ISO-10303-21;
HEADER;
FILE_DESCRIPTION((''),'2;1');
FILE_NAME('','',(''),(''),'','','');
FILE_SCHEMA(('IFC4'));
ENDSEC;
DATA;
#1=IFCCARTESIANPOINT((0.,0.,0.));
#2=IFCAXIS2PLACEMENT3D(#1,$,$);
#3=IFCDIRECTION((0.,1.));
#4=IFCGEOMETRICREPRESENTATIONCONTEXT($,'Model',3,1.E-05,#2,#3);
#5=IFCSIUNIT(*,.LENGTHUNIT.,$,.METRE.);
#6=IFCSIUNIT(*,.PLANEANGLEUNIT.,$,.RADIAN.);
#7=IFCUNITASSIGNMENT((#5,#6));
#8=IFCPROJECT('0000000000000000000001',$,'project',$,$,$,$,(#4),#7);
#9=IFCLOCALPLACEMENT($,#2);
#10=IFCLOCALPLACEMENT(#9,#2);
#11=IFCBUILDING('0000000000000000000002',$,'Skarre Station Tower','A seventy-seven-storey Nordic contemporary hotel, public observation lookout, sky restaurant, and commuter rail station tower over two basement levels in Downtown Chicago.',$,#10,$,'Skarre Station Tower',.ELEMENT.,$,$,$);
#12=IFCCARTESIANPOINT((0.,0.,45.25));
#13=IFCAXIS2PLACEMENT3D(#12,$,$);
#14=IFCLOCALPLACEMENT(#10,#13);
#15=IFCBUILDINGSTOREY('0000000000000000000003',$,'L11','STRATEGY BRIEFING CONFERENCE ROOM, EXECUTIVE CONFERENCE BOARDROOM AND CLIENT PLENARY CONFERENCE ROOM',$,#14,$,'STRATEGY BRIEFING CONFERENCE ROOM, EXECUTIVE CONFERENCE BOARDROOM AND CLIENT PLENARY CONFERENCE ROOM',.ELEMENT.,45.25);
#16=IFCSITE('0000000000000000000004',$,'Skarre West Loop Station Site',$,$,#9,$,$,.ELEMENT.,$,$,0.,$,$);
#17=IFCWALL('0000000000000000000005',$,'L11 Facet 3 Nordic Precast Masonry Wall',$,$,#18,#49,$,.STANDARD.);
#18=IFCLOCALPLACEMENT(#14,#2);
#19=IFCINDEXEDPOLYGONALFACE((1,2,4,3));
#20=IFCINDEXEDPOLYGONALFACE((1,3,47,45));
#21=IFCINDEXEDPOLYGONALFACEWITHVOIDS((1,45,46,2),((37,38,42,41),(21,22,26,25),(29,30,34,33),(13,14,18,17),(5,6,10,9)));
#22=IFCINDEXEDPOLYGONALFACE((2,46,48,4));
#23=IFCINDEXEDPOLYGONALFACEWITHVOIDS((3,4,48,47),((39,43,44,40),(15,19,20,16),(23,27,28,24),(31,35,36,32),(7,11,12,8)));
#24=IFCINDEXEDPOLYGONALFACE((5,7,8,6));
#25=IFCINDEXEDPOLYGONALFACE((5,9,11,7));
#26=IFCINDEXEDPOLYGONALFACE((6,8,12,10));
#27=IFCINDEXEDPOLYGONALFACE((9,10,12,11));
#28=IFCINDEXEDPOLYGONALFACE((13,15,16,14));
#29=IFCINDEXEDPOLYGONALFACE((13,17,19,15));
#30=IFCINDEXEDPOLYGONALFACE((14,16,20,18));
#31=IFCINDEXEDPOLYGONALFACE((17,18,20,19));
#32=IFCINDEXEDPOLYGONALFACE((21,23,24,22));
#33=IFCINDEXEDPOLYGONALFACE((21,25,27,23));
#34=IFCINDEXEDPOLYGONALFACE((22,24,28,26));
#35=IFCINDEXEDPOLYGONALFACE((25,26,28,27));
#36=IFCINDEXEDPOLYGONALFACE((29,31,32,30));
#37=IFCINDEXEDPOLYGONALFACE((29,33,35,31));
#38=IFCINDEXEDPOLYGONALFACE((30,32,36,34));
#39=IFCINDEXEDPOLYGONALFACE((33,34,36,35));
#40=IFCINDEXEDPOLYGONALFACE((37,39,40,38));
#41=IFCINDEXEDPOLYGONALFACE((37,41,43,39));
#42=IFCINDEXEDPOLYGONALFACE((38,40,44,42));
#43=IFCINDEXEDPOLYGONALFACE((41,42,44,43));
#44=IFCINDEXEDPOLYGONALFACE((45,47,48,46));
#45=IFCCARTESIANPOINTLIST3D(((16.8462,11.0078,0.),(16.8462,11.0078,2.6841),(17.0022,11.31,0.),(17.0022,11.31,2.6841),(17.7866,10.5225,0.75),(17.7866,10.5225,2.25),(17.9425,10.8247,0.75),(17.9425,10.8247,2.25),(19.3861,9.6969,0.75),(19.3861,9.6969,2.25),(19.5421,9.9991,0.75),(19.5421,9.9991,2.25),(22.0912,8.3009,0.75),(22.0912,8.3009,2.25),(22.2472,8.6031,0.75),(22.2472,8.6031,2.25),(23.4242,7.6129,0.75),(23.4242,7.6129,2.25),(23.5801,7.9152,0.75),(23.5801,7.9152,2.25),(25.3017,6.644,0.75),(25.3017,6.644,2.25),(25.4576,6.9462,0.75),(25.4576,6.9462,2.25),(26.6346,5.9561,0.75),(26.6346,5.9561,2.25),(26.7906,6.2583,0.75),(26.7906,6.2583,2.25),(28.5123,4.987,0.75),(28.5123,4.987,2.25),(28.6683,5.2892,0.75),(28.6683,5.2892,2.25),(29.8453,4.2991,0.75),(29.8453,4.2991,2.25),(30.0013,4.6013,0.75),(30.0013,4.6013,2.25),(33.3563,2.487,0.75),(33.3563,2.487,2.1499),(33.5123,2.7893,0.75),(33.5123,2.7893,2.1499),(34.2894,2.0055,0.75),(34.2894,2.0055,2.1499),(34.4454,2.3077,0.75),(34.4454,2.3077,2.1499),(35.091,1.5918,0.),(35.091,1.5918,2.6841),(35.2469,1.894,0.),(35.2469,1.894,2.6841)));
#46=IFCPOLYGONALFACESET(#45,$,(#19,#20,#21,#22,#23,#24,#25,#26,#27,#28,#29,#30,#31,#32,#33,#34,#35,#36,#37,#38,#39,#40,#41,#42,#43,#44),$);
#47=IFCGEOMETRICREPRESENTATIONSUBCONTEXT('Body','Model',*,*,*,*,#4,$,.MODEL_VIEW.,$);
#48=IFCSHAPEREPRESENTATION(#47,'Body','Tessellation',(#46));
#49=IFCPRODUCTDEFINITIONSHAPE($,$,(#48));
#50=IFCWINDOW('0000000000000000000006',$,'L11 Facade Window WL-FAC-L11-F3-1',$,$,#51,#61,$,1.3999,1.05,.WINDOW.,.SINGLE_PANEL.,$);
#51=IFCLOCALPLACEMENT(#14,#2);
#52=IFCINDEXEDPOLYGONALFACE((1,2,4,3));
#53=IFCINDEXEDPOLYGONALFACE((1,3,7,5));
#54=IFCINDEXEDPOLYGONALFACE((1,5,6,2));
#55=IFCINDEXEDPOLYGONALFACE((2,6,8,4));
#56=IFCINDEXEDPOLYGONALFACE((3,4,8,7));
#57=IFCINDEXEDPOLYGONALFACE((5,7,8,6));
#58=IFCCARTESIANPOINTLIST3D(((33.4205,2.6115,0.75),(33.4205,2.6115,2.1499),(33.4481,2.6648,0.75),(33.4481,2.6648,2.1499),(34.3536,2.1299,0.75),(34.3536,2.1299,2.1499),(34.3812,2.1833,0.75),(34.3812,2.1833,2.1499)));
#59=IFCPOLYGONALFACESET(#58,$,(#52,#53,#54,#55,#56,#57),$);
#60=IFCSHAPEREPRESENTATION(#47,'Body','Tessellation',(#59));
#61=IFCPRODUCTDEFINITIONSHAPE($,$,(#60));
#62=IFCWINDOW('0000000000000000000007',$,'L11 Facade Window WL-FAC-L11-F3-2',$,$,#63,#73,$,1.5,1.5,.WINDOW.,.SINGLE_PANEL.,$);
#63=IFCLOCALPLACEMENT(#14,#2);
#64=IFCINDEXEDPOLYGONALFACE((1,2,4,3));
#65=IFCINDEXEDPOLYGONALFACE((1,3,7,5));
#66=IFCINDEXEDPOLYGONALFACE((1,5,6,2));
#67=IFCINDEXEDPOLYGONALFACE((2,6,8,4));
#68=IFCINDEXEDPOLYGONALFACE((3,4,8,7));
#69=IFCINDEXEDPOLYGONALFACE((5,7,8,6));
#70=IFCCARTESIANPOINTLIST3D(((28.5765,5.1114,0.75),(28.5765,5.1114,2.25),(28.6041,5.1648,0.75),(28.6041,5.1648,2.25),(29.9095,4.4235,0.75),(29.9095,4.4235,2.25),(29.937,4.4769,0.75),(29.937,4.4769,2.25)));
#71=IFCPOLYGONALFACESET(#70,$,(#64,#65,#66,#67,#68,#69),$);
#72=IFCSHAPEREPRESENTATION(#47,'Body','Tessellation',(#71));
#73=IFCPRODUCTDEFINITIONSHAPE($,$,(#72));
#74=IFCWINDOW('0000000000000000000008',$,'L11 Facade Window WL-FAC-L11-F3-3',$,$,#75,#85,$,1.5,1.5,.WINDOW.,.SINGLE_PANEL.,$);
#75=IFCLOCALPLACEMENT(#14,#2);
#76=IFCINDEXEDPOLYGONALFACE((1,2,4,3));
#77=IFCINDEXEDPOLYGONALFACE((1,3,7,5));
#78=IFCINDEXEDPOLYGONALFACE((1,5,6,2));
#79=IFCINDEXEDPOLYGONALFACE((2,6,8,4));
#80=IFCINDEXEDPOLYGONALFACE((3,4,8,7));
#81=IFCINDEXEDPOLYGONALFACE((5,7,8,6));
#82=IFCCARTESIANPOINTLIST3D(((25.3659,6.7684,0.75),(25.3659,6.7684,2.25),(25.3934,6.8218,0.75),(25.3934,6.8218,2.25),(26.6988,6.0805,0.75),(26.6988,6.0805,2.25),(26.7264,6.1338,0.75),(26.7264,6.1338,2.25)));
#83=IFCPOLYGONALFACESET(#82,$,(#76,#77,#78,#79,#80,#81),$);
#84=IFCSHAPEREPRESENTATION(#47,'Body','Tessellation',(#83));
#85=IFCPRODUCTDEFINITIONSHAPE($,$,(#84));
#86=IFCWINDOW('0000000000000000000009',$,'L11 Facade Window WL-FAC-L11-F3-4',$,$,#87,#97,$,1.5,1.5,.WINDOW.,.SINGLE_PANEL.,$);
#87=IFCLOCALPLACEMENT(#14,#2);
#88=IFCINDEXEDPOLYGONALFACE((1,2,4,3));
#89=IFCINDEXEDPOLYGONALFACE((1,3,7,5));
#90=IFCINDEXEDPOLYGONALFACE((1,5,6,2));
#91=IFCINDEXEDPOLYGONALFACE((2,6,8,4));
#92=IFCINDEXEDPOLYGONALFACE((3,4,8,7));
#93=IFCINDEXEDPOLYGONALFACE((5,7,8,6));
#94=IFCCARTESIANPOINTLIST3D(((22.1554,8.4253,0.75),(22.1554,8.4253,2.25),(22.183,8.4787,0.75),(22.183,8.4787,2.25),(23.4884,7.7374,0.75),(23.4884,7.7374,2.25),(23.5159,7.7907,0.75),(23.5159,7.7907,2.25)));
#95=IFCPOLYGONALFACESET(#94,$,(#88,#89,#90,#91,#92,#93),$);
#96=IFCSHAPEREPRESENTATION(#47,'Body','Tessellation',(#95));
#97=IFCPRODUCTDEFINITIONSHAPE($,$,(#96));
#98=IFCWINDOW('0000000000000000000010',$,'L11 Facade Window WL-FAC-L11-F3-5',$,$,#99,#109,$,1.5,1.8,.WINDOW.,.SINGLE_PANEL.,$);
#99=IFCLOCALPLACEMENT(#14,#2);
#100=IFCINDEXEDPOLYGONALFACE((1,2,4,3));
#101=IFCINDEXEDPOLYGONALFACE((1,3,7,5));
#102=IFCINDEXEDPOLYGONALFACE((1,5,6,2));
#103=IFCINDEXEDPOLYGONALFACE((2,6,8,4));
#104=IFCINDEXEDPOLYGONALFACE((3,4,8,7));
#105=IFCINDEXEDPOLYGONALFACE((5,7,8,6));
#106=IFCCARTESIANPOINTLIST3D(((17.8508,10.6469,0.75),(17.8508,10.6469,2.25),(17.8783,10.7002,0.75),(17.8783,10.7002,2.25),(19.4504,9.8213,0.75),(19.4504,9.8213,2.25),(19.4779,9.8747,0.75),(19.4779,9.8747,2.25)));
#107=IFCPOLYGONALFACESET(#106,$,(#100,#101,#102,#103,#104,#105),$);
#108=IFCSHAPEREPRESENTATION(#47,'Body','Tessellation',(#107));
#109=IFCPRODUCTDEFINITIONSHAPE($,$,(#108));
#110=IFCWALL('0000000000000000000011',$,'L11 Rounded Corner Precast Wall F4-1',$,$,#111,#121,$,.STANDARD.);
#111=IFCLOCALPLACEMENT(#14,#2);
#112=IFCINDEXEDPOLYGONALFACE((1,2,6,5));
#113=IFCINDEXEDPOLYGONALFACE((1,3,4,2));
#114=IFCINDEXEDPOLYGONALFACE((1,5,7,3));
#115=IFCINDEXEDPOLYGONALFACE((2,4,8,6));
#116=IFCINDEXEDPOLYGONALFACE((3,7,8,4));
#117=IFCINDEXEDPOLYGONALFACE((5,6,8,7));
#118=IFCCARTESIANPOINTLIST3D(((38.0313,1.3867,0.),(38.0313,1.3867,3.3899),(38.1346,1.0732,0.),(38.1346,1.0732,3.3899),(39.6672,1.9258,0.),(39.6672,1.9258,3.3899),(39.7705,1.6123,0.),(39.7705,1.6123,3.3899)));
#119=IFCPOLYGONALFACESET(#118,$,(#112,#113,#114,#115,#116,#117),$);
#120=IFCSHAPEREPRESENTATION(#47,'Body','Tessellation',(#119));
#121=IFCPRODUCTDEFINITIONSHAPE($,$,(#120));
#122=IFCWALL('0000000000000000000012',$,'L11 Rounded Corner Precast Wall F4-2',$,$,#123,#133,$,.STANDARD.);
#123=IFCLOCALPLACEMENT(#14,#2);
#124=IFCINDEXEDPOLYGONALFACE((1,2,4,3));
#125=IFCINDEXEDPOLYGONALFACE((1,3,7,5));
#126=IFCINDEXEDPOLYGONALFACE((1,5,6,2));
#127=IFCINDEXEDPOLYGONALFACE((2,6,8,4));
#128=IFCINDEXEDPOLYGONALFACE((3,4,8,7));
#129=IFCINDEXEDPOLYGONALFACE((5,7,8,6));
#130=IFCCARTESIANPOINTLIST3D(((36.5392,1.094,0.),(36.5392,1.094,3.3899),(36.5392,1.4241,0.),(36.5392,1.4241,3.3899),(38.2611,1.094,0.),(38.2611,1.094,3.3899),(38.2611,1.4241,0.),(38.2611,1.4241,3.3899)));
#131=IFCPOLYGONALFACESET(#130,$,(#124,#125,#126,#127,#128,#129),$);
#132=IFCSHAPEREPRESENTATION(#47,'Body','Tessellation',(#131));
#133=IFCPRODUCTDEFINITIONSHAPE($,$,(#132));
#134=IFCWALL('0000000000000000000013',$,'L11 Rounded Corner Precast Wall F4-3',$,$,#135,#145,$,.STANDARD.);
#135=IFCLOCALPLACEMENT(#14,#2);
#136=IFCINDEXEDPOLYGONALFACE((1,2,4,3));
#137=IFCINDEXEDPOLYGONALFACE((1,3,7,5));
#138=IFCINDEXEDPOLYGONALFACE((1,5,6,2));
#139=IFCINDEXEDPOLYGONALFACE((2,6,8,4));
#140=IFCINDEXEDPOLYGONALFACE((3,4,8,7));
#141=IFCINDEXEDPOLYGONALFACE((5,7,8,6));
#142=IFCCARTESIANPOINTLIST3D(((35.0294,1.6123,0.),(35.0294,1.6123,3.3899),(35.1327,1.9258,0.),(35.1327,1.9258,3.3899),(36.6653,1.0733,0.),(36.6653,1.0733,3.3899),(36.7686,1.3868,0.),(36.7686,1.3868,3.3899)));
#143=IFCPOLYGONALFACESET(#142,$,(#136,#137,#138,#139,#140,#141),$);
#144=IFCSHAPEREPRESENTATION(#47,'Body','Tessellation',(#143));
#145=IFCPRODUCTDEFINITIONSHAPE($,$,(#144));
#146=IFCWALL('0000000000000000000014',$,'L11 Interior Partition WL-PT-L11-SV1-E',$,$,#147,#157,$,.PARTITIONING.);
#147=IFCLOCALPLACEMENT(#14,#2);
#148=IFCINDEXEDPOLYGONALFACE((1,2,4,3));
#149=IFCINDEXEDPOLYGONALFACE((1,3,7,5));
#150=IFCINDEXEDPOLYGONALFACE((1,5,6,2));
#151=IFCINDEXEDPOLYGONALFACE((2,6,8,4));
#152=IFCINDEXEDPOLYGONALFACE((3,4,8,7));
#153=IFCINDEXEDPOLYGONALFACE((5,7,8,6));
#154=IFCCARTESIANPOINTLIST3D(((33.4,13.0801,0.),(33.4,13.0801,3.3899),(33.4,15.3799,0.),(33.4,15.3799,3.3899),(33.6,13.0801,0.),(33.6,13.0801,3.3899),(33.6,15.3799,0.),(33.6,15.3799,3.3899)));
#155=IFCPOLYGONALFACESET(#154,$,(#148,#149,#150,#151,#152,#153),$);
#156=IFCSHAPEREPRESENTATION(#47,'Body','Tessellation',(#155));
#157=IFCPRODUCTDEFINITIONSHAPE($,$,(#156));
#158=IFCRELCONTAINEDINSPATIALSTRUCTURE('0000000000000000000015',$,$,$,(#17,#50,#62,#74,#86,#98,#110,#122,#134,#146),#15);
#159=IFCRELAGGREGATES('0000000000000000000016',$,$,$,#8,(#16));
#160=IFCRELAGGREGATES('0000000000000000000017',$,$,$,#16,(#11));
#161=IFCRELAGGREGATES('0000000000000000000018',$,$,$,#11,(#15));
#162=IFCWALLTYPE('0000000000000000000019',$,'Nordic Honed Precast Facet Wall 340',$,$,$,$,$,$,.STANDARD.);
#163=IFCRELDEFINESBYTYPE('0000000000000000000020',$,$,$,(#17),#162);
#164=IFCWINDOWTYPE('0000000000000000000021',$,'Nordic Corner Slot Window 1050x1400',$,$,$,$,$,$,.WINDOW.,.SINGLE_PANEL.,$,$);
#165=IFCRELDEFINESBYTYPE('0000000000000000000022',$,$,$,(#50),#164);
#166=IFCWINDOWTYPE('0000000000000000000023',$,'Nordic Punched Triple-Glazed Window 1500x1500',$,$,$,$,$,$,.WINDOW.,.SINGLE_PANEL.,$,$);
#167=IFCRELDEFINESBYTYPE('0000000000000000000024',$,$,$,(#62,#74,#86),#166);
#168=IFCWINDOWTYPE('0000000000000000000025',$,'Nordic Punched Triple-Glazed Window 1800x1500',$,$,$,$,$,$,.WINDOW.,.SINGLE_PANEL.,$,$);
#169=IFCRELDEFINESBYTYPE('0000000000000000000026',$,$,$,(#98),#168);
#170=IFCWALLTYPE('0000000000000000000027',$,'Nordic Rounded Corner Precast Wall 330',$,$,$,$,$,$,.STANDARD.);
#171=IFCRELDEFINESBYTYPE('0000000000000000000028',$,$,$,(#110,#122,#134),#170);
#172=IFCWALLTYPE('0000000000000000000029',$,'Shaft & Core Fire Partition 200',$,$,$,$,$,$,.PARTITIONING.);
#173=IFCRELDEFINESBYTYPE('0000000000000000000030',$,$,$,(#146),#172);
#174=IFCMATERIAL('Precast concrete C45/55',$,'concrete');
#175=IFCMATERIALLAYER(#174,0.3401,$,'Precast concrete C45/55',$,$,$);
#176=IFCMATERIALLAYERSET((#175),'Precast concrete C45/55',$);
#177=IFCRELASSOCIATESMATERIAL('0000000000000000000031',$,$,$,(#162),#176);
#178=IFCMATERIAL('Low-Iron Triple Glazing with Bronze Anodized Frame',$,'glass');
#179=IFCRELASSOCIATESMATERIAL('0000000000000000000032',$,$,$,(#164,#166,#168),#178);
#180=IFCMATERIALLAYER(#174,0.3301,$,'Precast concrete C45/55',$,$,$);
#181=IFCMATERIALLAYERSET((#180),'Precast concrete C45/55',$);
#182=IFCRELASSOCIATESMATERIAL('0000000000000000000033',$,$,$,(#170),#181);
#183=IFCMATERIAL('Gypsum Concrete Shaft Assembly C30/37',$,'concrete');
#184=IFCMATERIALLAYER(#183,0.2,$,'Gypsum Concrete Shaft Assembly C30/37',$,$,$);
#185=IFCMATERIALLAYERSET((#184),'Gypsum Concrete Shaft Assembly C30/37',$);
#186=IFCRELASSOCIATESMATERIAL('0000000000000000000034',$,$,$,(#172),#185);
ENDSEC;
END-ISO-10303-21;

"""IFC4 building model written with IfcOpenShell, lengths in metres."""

from ifc_helpers import new_model, si_unit, direction, frame, frame_2d, origin, place, context, subcontext, project, spatial, rectangle, extrude, material, layer, layer_set, type_object, element, fill, save


model = new_model("IFC4")

# Units and contexts
model_context = context("Model", 3, precision=1e-05, world=origin(), true_north=direction((0.0, 1.0)))
body_context = subcontext(model_context, "Body", "Model", "MODEL_VIEW")
ifc_project = project(units=[si_unit("LENGTHUNIT", "METRE"), si_unit("PLANEANGLEUNIT", "RADIAN")], contexts=[model_context])

# Site, building, storey
site_placement = place(None, origin())
site = spatial("IfcSite", under=ifc_project, at=site_placement, Name="Skarre West Loop Station Site", CompositionType="ELEMENT", RefElevation=0.0)
building_placement = place(site_placement, origin())
building = spatial("IfcBuilding", under=site, at=building_placement, Name="Skarre Station Tower", Description="A seventy-seven-storey Nordic contemporary hotel, public observation lookout, sky restaurant, and commuter rail station tower over two basement levels in Downtown Chicago.", LongName="Skarre Station Tower", CompositionType="ELEMENT")
storey_placement = place(building_placement, frame((0.0, 0.0, 45.25)))
storey = spatial("IfcBuildingStorey", under=building, at=storey_placement, Name="L11", Description="STRATEGY BRIEFING CONFERENCE ROOM, EXECUTIVE CONFERENCE BOARDROOM AND CLIENT PLENARY CONFERENCE ROOM", LongName="STRATEGY BRIEFING CONFERENCE ROOM, EXECUTIVE CONFERENCE BOARDROOM AND CLIENT PLENARY CONFERENCE ROOM", CompositionType="ELEMENT", Elevation=45.25)

# Wall, openings, windows
ifc_material_1 = material(Name="Precast concrete C45/55", Category="concrete")
ifc_layer_1 = layer(ifc_material_1, 0.3401, Name="Precast concrete C45/55")
ifc_layer_set_1 = layer_set([ifc_layer_1], Name="Precast concrete C45/55")
wall_type_1 = type_object("IfcWallType", Name="Nordic Honed Precast Facet Wall 340", PredefinedType="STANDARD", material=ifc_layer_set_1)
wall_1_placement = place(storey_placement, frame((35.1689, 1.7429, 0.0), z_axis=(0.0, 0.0, 1.0), x_axis=(-0.888634, 0.458616, 0.0)))
wall_1 = element("IfcWall", 1, at=wall_1_placement, inside=storey, type_object=wall_type_1, Name="L11 Facet 3 Nordic Precast Masonry Wall", PredefinedType="STANDARD", context=body_context, shape_type="SweptSolid", body=[
    extrude(rectangle(XDim=20.5312, YDim=0.3401, at=frame_2d((10.2656, 0.0))), origin(), (0.0, 0.0, 1.0), 2.6841),
])
opening_1_placement = place(wall_1_placement, frame((0.9021, 0.0, 0.75)))
opening_1 = element("IfcOpeningElement", 2, at=opening_1_placement, cuts=wall_1, PredefinedType="OPENING", context=body_context, shape_type="SweptSolid", body=[
    extrude(rectangle(XDim=1.05, YDim=1.3999, at=frame_2d((0.5249, 0.7))), frame((0.0, 0.1799, 0.0), z_axis=(0.0, -1.0, 0.0), x_axis=(1.0, 0.0, 0.0)), (0.0, 0.0, 1.0), 0.3601),
])
opening_2_placement = place(wall_1_placement, frame((5.9031, 0.0, 0.75)))
opening_2 = element("IfcOpeningElement", 3, at=opening_2_placement, cuts=wall_1, PredefinedType="OPENING", context=body_context, shape_type="SweptSolid", body=[
    extrude(rectangle(XDim=1.5, YDim=1.5, at=frame_2d((0.75, 0.75))), frame((0.0, 0.1799, 0.0), z_axis=(0.0, -1.0, 0.0), x_axis=(1.0, 0.0, 0.0)), (0.0, 0.0, 1.0), 0.3601),
])
opening_3_placement = place(wall_1_placement, frame((9.5161, 0.0, 0.75)))
opening_3 = element("IfcOpeningElement", 4, at=opening_3_placement, cuts=wall_1, PredefinedType="OPENING", context=body_context, shape_type="SweptSolid", body=[
    extrude(rectangle(XDim=1.5, YDim=1.5, at=frame_2d((0.75, 0.75))), frame((0.0, 0.1799, 0.0), z_axis=(0.0, -1.0, 0.0), x_axis=(1.0, 0.0, 0.0)), (0.0, 0.0, 1.0), 0.3601),
])
opening_4_placement = place(wall_1_placement, frame((13.1289, 0.0, 0.75)))
opening_4 = element("IfcOpeningElement", 5, at=opening_4_placement, cuts=wall_1, PredefinedType="OPENING", context=body_context, shape_type="SweptSolid", body=[
    extrude(rectangle(XDim=1.5, YDim=1.5, at=frame_2d((0.75, 0.75))), frame((0.0, 0.1799, 0.0), z_axis=(0.0, -1.0, 0.0), x_axis=(1.0, 0.0, 0.0)), (0.0, 0.0, 1.0), 0.3601),
])
opening_5_placement = place(wall_1_placement, frame((17.6731, 0.0, 0.75)))
opening_5 = element("IfcOpeningElement", 6, at=opening_5_placement, cuts=wall_1, PredefinedType="OPENING", context=body_context, shape_type="SweptSolid", body=[
    extrude(rectangle(XDim=1.8, YDim=1.5, at=frame_2d((0.8999, 0.75))), frame((0.0, 0.1799, 0.0), z_axis=(0.0, -1.0, 0.0), x_axis=(1.0, 0.0, 0.0)), (0.0, 0.0, 1.0), 0.3601),
])
ifc_material_2 = material(Name="Low-Iron Triple Glazing with Bronze Anodized Frame", Category="glass")
window_type_1 = type_object("IfcWindowType", Name="Nordic Corner Slot Window 1050x1400", PartitioningType="SINGLE_PANEL", PredefinedType="WINDOW", material=ifc_material_2)
window_1_placement = place(opening_1_placement, origin())
window_1 = element("IfcWindow", 7, at=window_1_placement, inside=storey, type_object=window_type_1, Name="L11 Facade Window WL-FAC-L11-F3-1", OverallHeight=1.3999, OverallWidth=1.05, PartitioningType="SINGLE_PANEL", PredefinedType="WINDOW", context=body_context, shape_type="SweptSolid", body=[
    extrude(rectangle(XDim=1.05, YDim=1.3999, at=frame_2d((0.5249, 0.7))), frame((0.0, 0.03, 0.0), z_axis=(0.0, -1.0, 0.0), x_axis=(1.0, 0.0, 0.0)), (0.0, 0.0, 1.0), 0.0601),
])
fill(opening_1, window_1)
window_type_2 = type_object("IfcWindowType", Name="Nordic Punched Triple-Glazed Window 1500x1500", PartitioningType="SINGLE_PANEL", PredefinedType="WINDOW", material=ifc_material_2)
window_2_placement = place(opening_2_placement, origin())
window_2 = element("IfcWindow", 8, at=window_2_placement, inside=storey, type_object=window_type_2, Name="L11 Facade Window WL-FAC-L11-F3-2", OverallHeight=1.5, OverallWidth=1.5, PartitioningType="SINGLE_PANEL", PredefinedType="WINDOW", context=body_context, shape_type="SweptSolid", body=[
    extrude(rectangle(XDim=1.5, YDim=1.5, at=frame_2d((0.75, 0.75))), frame((0.0, 0.03, 0.0), z_axis=(0.0, -1.0, 0.0), x_axis=(1.0, 0.0, 0.0)), (0.0, 0.0, 1.0), 0.0601),
])
fill(opening_2, window_2)
window_3_placement = place(opening_3_placement, origin())
window_3 = element("IfcWindow", 9, at=window_3_placement, inside=storey, type_object=window_type_2, Name="L11 Facade Window WL-FAC-L11-F3-3", OverallHeight=1.5, OverallWidth=1.5, PartitioningType="SINGLE_PANEL", PredefinedType="WINDOW", context=body_context, shape_type="SweptSolid", body=[
    extrude(rectangle(XDim=1.5, YDim=1.5, at=frame_2d((0.75, 0.75))), frame((0.0, 0.03, 0.0), z_axis=(0.0, -1.0, 0.0), x_axis=(1.0, 0.0, 0.0)), (0.0, 0.0, 1.0), 0.0601),
])
fill(opening_3, window_3)
window_4_placement = place(opening_4_placement, origin())
window_4 = element("IfcWindow", 10, at=window_4_placement, inside=storey, type_object=window_type_2, Name="L11 Facade Window WL-FAC-L11-F3-4", OverallHeight=1.5, OverallWidth=1.5, PartitioningType="SINGLE_PANEL", PredefinedType="WINDOW", context=body_context, shape_type="SweptSolid", body=[
    extrude(rectangle(XDim=1.5, YDim=1.5, at=frame_2d((0.75, 0.75))), frame((0.0, 0.03, 0.0), z_axis=(0.0, -1.0, 0.0), x_axis=(1.0, 0.0, 0.0)), (0.0, 0.0, 1.0), 0.0601),
])
fill(opening_4, window_4)
window_type_3 = type_object("IfcWindowType", Name="Nordic Punched Triple-Glazed Window 1800x1500", PartitioningType="SINGLE_PANEL", PredefinedType="WINDOW", material=ifc_material_2)
window_5_placement = place(opening_5_placement, origin())
window_5 = element("IfcWindow", 11, at=window_5_placement, inside=storey, type_object=window_type_3, Name="L11 Facade Window WL-FAC-L11-F3-5", OverallHeight=1.5, OverallWidth=1.8, PartitioningType="SINGLE_PANEL", PredefinedType="WINDOW", context=body_context, shape_type="SweptSolid", body=[
    extrude(rectangle(XDim=1.8, YDim=1.5, at=frame_2d((0.8999, 0.75))), frame((0.0, 0.03, 0.0), z_axis=(0.0, -1.0, 0.0), x_axis=(1.0, 0.0, 0.0)), (0.0, 0.0, 1.0), 0.0601),
])
fill(opening_5, window_5)

# Walls
ifc_layer_2 = layer(ifc_material_1, 0.3301, Name="Precast concrete C45/55")
ifc_layer_set_2 = layer_set([ifc_layer_2], Name="Precast concrete C45/55")
wall_type_2 = type_object("IfcWallType", Name="Nordic Rounded Corner Precast Wall 330", PredefinedType="STANDARD", material=ifc_layer_set_2)
wall_2_placement = place(storey_placement, frame((39.719, 1.769, 0.0), z_axis=(0.0, 0.0, 1.0), x_axis=(-0.949769, -0.312952, 0.0)))
element("IfcWall", 12, at=wall_2_placement, inside=storey, type_object=wall_type_2, Name="L11 Rounded Corner Precast Wall F4-1", PredefinedType="STANDARD", context=body_context, shape_type="SweptSolid", body=[
    extrude(rectangle(XDim=1.7224, YDim=0.3301, at=frame_2d((0.8613, 0.0))), origin(), (0.0, 0.0, 1.0), 3.3899),
])
wall_3_placement = place(storey_placement, frame((38.261, 1.259, 0.0), z_axis=(0.0, 0.0, 1.0), x_axis=(-1.0, 0.0, 0.0)))
element("IfcWall", 13, at=wall_3_placement, inside=storey, type_object=wall_type_2, Name="L11 Rounded Corner Precast Wall F4-2", PredefinedType="STANDARD", context=body_context, shape_type="SweptSolid", body=[
    extrude(rectangle(XDim=1.7219, YDim=0.3301, at=frame_2d((0.8608, 0.0))), origin(), (0.0, 0.0, 1.0), 3.3899),
])
wall_4_placement = place(storey_placement, frame((36.717, 1.23, 0.0), z_axis=(0.0, 0.0, 1.0), x_axis=(-0.949769, 0.312952, 0.0)))
element("IfcWall", 14, at=wall_4_placement, inside=storey, type_object=wall_type_2, Name="L11 Rounded Corner Precast Wall F4-3", PredefinedType="STANDARD", context=body_context, shape_type="SweptSolid", body=[
    extrude(rectangle(XDim=1.7224, YDim=0.3301, at=frame_2d((0.8613, 0.0))), origin(), (0.0, 0.0, 1.0), 3.3899),
])
ifc_material_3 = material(Name="Gypsum Concrete Shaft Assembly C30/37", Category="concrete")
ifc_layer_3 = layer(ifc_material_3, 0.2, Name="Gypsum Concrete Shaft Assembly C30/37")
ifc_layer_set_3 = layer_set([ifc_layer_3], Name="Gypsum Concrete Shaft Assembly C30/37")
wall_type_3 = type_object("IfcWallType", Name="Shaft & Core Fire Partition 200", PredefinedType="PARTITIONING", material=ifc_layer_set_3)
wall_5_placement = place(storey_placement, frame((33.5, 13.0801, 0.0), z_axis=(0.0, 0.0, 1.0), x_axis=(0.0, 1.0, 0.0)))
element("IfcWall", 15, at=wall_5_placement, inside=storey, type_object=wall_type_3, Name="L11 Interior Partition WL-PT-L11-SV1-E", PredefinedType="PARTITIONING", context=body_context, shape_type="SweptSolid", body=[
    extrude(rectangle(XDim=2.2998, YDim=0.2, at=frame_2d((1.1499, 0.0))), origin(), (0.0, 0.0, 1.0), 3.3899),
])

save(model, "model.ifc")
